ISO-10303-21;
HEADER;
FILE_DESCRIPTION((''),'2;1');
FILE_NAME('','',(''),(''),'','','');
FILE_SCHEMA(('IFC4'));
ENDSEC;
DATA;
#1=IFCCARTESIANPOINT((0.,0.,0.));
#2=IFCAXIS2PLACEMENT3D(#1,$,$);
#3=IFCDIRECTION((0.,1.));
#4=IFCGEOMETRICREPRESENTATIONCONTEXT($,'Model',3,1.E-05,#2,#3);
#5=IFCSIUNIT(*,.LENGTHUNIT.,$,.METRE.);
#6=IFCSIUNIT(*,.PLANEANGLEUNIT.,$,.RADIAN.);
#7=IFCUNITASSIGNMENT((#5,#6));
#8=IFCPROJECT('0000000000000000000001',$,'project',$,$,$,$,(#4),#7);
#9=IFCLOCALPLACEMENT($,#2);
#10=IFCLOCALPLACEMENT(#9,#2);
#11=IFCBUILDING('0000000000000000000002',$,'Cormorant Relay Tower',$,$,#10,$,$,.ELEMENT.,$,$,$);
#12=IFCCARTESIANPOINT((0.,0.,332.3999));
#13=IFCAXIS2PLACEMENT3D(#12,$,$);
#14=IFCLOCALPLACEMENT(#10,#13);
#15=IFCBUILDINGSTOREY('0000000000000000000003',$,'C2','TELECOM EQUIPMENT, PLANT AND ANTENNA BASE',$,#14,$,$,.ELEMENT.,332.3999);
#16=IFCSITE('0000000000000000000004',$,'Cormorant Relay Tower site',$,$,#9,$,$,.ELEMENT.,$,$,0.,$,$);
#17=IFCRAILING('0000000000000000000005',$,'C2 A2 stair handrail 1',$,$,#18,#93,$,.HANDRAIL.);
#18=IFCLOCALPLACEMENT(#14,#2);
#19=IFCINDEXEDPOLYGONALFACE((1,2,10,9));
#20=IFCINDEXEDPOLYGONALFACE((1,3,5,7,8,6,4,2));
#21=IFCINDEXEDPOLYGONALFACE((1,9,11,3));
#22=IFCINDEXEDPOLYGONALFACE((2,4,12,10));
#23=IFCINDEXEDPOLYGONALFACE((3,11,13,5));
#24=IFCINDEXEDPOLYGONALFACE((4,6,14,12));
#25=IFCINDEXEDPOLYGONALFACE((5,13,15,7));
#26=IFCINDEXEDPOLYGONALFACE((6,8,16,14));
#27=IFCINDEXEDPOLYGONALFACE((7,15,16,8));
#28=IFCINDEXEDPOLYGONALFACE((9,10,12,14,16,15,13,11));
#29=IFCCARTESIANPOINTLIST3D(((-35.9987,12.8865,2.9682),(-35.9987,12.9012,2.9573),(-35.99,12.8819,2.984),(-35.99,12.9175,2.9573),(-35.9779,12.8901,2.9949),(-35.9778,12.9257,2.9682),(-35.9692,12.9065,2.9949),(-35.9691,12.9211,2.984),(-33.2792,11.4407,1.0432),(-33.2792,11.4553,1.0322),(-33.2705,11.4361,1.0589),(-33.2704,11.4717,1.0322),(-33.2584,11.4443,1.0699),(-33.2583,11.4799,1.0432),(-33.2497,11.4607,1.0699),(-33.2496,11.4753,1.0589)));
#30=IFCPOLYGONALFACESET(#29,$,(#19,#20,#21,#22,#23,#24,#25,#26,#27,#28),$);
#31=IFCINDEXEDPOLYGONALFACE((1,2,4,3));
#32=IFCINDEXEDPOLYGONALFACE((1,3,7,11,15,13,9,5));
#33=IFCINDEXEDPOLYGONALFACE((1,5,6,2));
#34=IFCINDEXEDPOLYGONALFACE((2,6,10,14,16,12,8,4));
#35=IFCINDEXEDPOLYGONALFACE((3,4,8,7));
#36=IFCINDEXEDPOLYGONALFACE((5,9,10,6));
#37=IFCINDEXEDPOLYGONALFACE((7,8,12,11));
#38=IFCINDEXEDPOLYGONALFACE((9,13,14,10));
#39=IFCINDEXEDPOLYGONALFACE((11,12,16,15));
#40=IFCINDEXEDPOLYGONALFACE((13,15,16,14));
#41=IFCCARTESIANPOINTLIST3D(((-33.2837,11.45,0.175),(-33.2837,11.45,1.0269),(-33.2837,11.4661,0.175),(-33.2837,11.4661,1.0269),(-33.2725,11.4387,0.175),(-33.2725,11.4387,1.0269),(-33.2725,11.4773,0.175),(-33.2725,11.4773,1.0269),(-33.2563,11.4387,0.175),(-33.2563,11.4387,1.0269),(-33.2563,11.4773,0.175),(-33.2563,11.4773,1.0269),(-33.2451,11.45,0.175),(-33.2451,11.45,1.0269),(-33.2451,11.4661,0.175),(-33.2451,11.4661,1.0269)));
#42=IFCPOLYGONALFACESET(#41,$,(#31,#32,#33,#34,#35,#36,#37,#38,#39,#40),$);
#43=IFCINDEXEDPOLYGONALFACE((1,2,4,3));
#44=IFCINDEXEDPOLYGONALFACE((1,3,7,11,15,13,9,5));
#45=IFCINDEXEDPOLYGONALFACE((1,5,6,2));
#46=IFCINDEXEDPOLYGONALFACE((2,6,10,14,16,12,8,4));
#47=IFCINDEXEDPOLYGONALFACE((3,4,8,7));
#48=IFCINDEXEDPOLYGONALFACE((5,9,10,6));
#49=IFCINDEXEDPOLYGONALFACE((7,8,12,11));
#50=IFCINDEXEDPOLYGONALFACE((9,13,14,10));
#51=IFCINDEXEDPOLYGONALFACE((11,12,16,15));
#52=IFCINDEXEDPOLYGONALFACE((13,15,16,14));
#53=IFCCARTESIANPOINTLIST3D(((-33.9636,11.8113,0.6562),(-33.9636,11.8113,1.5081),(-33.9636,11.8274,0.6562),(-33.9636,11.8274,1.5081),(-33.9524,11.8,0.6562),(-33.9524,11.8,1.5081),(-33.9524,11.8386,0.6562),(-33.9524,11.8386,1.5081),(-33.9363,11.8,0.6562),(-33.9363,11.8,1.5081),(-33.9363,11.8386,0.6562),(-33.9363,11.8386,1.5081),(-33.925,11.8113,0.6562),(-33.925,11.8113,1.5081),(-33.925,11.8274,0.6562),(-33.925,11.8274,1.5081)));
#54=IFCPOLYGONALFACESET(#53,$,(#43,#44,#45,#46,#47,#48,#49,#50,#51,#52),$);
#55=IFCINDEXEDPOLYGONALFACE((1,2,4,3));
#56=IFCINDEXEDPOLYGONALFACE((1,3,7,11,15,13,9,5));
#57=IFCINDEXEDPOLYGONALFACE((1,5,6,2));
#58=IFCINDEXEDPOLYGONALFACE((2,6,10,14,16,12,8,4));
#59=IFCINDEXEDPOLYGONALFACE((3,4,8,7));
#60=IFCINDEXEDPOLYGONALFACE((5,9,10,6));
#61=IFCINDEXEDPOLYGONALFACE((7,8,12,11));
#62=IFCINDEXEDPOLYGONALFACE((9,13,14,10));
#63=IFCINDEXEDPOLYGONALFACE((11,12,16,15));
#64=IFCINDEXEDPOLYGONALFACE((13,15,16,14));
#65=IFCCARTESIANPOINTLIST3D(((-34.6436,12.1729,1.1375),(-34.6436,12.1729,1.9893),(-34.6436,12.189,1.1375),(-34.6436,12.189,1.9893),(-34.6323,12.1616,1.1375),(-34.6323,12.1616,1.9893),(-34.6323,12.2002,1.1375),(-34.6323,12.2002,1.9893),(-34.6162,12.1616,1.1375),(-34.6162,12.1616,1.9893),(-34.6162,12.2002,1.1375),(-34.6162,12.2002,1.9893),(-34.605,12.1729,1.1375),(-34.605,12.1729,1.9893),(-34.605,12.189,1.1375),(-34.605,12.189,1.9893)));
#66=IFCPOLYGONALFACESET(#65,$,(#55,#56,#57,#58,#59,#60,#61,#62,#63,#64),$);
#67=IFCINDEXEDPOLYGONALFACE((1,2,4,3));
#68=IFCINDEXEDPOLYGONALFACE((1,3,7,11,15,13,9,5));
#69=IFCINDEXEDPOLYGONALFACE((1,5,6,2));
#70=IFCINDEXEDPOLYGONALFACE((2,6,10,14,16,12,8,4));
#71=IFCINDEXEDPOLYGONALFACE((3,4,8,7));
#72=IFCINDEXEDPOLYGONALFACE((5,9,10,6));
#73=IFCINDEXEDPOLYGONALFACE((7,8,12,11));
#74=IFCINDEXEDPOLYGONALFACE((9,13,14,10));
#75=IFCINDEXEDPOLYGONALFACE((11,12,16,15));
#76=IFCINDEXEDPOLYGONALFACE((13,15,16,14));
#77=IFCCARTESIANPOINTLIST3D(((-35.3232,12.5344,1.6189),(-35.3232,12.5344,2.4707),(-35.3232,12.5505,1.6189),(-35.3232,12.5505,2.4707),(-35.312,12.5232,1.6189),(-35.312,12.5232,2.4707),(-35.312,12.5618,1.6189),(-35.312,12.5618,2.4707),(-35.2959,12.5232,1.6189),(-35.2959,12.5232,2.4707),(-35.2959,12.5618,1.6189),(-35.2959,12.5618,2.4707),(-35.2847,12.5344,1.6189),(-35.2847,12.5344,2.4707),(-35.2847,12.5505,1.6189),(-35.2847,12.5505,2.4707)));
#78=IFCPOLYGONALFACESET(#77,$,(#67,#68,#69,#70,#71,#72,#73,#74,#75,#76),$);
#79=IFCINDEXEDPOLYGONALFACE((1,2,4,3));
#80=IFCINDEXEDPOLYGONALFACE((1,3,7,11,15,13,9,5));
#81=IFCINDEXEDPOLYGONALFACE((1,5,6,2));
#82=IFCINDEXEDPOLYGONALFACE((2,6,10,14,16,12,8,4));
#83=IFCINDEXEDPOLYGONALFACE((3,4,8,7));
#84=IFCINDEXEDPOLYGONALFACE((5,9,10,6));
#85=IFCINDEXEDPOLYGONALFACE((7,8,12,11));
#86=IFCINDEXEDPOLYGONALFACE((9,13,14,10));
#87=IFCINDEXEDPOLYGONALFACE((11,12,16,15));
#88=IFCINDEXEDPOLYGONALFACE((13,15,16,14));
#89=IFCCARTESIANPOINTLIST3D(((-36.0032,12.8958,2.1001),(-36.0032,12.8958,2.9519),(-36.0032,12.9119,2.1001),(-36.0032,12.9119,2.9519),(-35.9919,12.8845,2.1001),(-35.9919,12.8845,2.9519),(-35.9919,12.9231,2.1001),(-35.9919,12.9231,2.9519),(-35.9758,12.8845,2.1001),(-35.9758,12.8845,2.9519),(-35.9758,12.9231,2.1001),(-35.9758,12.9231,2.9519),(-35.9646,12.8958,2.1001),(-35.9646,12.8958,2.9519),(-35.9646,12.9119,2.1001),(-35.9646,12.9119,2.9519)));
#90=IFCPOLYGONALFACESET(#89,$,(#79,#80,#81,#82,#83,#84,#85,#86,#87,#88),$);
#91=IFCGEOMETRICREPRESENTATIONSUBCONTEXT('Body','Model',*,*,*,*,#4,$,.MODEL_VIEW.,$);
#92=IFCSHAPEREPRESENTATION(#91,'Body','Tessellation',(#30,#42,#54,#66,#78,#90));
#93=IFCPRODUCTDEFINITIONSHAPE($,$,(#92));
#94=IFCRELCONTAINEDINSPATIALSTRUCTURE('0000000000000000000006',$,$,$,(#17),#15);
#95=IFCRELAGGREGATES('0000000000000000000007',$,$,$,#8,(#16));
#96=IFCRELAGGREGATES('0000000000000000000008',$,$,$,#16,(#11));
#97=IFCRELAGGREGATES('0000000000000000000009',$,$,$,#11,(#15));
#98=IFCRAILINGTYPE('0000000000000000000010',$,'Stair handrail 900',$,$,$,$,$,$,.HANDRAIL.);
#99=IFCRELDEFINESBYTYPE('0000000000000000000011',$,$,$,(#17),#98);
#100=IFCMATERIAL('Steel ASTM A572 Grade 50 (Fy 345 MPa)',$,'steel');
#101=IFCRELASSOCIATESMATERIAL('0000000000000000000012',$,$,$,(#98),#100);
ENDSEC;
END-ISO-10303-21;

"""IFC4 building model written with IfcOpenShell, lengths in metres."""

from ifc_helpers import new_model, si_unit, direction, frame, origin, place, context, subcontext, project, spatial, polyline, outline, extrude, material, type_object, element, save


model = new_model("IFC4")

# Units and contexts
model_context = context("Model", 3, precision=1e-05, world=origin(), true_north=direction((0.0, 1.0)))
body_context = subcontext(model_context, "Body", "Model", "MODEL_VIEW")
ifc_project = project(units=[si_unit("LENGTHUNIT", "METRE"), si_unit("PLANEANGLEUNIT", "RADIAN")], contexts=[model_context])

# Site, building, storey
site_placement = place(None, origin())
site = spatial("IfcSite", under=ifc_project, at=site_placement, Name="Cormorant Relay Tower site", CompositionType="ELEMENT", RefElevation=0.0)
building_placement = place(site_placement, origin())
building = spatial("IfcBuilding", under=site, at=building_placement, Name="Cormorant Relay Tower", CompositionType="ELEMENT")
storey_placement = place(building_placement, frame((0.0, 0.0, 332.3999)))
storey = spatial("IfcBuildingStorey", under=building, at=storey_placement, Name="C2", Description="TELECOM EQUIPMENT, PLANT AND ANTENNA BASE", CompositionType="ELEMENT", Elevation=332.3999)

# Railing
ifc_material_1 = material(Name="Steel ASTM A572 Grade 50 (Fy 345 MPa)", Category="steel")
railing_type_1 = type_object("IfcRailingType", Name="Stair handrail 900", PredefinedType="HANDRAIL", material=ifc_material_1)
railing_1_placement = place(storey_placement, frame((-33.2644, 11.458, 0.175)))
element("IfcRailing", 1, at=railing_1_placement, inside=storey, type_object=railing_type_1, Name="C2 A2 stair handrail 1", PredefinedType="HANDRAIL", context=body_context, shape_type="SweptSolid", body=[
    extrude(outline(polyline([(0.0222, 0.0093), (0.0093, 0.0222), (-0.0093, 0.0222), (-0.0222, 0.0093), (-0.0222, -0.0093), (-0.0093, -0.0222), (0.0093, -0.0222), (0.0222, -0.0093), (0.0222, 0.0093)])), frame((0.0, 0.0, 0.876), z_axis=(-0.748747, 0.398068, 0.530018), x_axis=(-0.469428, -0.882971, 0.0)), (0.0, 0.0, 1.0), 3.6321),
    extrude(outline(polyline([(0.0193, 0.0081), (0.0081, 0.0193), (-0.0081, 0.0193), (-0.0193, 0.0081), (-0.0193, -0.0081), (-0.0081, -0.0193), (0.0081, -0.0193), (0.0193, -0.0081), (0.0193, 0.0081)])), origin(), (0.0, 0.0, 1.0), 0.8518),
    extrude(outline(polyline([(0.0193, 0.0081), (0.0081, 0.0193), (-0.0081, 0.0193), (-0.0193, 0.0081), (-0.0193, -0.0081), (-0.0081, -0.0193), (0.0081, -0.0193), (0.0193, -0.0081), (0.0193, 0.0081)])), frame((-0.6799, 0.3613, 0.4812)), (0.0, 0.0, 1.0), 0.8518),
    extrude(outline(polyline([(0.0193, 0.0081), (0.0081, 0.0193), (-0.0081, 0.0193), (-0.0193, 0.0081), (-0.0193, -0.0081), (-0.0081, -0.0193), (0.0081, -0.0193), (0.0193, -0.0081), (0.0193, 0.0081)])), frame((-1.3599, 0.7229, 0.9624)), (0.0, 0.0, 1.0), 0.8518),
    extrude(outline(polyline([(0.0193, 0.0081), (0.0081, 0.0193), (-0.0081, 0.0193), (-0.0193, 0.0081), (-0.0193, -0.0081), (-0.0081, -0.0193), (0.0081, -0.0193), (0.0193, -0.0081), (0.0193, 0.0081)])), frame((-2.0396, 1.0845, 1.4438)), (0.0, 0.0, 1.0), 0.8518),
    extrude(outline(polyline([(0.0193, 0.0081), (0.0081, 0.0193), (-0.0081, 0.0193), (-0.0193, 0.0081), (-0.0193, -0.0081), (-0.0081, -0.0193), (0.0081, -0.0193), (0.0193, -0.0081), (0.0193, 0.0081)])), frame((-2.7195, 1.4458, 1.925)), (0.0, 0.0, 1.0), 0.8518),
])

save(model, "model.ifc")
